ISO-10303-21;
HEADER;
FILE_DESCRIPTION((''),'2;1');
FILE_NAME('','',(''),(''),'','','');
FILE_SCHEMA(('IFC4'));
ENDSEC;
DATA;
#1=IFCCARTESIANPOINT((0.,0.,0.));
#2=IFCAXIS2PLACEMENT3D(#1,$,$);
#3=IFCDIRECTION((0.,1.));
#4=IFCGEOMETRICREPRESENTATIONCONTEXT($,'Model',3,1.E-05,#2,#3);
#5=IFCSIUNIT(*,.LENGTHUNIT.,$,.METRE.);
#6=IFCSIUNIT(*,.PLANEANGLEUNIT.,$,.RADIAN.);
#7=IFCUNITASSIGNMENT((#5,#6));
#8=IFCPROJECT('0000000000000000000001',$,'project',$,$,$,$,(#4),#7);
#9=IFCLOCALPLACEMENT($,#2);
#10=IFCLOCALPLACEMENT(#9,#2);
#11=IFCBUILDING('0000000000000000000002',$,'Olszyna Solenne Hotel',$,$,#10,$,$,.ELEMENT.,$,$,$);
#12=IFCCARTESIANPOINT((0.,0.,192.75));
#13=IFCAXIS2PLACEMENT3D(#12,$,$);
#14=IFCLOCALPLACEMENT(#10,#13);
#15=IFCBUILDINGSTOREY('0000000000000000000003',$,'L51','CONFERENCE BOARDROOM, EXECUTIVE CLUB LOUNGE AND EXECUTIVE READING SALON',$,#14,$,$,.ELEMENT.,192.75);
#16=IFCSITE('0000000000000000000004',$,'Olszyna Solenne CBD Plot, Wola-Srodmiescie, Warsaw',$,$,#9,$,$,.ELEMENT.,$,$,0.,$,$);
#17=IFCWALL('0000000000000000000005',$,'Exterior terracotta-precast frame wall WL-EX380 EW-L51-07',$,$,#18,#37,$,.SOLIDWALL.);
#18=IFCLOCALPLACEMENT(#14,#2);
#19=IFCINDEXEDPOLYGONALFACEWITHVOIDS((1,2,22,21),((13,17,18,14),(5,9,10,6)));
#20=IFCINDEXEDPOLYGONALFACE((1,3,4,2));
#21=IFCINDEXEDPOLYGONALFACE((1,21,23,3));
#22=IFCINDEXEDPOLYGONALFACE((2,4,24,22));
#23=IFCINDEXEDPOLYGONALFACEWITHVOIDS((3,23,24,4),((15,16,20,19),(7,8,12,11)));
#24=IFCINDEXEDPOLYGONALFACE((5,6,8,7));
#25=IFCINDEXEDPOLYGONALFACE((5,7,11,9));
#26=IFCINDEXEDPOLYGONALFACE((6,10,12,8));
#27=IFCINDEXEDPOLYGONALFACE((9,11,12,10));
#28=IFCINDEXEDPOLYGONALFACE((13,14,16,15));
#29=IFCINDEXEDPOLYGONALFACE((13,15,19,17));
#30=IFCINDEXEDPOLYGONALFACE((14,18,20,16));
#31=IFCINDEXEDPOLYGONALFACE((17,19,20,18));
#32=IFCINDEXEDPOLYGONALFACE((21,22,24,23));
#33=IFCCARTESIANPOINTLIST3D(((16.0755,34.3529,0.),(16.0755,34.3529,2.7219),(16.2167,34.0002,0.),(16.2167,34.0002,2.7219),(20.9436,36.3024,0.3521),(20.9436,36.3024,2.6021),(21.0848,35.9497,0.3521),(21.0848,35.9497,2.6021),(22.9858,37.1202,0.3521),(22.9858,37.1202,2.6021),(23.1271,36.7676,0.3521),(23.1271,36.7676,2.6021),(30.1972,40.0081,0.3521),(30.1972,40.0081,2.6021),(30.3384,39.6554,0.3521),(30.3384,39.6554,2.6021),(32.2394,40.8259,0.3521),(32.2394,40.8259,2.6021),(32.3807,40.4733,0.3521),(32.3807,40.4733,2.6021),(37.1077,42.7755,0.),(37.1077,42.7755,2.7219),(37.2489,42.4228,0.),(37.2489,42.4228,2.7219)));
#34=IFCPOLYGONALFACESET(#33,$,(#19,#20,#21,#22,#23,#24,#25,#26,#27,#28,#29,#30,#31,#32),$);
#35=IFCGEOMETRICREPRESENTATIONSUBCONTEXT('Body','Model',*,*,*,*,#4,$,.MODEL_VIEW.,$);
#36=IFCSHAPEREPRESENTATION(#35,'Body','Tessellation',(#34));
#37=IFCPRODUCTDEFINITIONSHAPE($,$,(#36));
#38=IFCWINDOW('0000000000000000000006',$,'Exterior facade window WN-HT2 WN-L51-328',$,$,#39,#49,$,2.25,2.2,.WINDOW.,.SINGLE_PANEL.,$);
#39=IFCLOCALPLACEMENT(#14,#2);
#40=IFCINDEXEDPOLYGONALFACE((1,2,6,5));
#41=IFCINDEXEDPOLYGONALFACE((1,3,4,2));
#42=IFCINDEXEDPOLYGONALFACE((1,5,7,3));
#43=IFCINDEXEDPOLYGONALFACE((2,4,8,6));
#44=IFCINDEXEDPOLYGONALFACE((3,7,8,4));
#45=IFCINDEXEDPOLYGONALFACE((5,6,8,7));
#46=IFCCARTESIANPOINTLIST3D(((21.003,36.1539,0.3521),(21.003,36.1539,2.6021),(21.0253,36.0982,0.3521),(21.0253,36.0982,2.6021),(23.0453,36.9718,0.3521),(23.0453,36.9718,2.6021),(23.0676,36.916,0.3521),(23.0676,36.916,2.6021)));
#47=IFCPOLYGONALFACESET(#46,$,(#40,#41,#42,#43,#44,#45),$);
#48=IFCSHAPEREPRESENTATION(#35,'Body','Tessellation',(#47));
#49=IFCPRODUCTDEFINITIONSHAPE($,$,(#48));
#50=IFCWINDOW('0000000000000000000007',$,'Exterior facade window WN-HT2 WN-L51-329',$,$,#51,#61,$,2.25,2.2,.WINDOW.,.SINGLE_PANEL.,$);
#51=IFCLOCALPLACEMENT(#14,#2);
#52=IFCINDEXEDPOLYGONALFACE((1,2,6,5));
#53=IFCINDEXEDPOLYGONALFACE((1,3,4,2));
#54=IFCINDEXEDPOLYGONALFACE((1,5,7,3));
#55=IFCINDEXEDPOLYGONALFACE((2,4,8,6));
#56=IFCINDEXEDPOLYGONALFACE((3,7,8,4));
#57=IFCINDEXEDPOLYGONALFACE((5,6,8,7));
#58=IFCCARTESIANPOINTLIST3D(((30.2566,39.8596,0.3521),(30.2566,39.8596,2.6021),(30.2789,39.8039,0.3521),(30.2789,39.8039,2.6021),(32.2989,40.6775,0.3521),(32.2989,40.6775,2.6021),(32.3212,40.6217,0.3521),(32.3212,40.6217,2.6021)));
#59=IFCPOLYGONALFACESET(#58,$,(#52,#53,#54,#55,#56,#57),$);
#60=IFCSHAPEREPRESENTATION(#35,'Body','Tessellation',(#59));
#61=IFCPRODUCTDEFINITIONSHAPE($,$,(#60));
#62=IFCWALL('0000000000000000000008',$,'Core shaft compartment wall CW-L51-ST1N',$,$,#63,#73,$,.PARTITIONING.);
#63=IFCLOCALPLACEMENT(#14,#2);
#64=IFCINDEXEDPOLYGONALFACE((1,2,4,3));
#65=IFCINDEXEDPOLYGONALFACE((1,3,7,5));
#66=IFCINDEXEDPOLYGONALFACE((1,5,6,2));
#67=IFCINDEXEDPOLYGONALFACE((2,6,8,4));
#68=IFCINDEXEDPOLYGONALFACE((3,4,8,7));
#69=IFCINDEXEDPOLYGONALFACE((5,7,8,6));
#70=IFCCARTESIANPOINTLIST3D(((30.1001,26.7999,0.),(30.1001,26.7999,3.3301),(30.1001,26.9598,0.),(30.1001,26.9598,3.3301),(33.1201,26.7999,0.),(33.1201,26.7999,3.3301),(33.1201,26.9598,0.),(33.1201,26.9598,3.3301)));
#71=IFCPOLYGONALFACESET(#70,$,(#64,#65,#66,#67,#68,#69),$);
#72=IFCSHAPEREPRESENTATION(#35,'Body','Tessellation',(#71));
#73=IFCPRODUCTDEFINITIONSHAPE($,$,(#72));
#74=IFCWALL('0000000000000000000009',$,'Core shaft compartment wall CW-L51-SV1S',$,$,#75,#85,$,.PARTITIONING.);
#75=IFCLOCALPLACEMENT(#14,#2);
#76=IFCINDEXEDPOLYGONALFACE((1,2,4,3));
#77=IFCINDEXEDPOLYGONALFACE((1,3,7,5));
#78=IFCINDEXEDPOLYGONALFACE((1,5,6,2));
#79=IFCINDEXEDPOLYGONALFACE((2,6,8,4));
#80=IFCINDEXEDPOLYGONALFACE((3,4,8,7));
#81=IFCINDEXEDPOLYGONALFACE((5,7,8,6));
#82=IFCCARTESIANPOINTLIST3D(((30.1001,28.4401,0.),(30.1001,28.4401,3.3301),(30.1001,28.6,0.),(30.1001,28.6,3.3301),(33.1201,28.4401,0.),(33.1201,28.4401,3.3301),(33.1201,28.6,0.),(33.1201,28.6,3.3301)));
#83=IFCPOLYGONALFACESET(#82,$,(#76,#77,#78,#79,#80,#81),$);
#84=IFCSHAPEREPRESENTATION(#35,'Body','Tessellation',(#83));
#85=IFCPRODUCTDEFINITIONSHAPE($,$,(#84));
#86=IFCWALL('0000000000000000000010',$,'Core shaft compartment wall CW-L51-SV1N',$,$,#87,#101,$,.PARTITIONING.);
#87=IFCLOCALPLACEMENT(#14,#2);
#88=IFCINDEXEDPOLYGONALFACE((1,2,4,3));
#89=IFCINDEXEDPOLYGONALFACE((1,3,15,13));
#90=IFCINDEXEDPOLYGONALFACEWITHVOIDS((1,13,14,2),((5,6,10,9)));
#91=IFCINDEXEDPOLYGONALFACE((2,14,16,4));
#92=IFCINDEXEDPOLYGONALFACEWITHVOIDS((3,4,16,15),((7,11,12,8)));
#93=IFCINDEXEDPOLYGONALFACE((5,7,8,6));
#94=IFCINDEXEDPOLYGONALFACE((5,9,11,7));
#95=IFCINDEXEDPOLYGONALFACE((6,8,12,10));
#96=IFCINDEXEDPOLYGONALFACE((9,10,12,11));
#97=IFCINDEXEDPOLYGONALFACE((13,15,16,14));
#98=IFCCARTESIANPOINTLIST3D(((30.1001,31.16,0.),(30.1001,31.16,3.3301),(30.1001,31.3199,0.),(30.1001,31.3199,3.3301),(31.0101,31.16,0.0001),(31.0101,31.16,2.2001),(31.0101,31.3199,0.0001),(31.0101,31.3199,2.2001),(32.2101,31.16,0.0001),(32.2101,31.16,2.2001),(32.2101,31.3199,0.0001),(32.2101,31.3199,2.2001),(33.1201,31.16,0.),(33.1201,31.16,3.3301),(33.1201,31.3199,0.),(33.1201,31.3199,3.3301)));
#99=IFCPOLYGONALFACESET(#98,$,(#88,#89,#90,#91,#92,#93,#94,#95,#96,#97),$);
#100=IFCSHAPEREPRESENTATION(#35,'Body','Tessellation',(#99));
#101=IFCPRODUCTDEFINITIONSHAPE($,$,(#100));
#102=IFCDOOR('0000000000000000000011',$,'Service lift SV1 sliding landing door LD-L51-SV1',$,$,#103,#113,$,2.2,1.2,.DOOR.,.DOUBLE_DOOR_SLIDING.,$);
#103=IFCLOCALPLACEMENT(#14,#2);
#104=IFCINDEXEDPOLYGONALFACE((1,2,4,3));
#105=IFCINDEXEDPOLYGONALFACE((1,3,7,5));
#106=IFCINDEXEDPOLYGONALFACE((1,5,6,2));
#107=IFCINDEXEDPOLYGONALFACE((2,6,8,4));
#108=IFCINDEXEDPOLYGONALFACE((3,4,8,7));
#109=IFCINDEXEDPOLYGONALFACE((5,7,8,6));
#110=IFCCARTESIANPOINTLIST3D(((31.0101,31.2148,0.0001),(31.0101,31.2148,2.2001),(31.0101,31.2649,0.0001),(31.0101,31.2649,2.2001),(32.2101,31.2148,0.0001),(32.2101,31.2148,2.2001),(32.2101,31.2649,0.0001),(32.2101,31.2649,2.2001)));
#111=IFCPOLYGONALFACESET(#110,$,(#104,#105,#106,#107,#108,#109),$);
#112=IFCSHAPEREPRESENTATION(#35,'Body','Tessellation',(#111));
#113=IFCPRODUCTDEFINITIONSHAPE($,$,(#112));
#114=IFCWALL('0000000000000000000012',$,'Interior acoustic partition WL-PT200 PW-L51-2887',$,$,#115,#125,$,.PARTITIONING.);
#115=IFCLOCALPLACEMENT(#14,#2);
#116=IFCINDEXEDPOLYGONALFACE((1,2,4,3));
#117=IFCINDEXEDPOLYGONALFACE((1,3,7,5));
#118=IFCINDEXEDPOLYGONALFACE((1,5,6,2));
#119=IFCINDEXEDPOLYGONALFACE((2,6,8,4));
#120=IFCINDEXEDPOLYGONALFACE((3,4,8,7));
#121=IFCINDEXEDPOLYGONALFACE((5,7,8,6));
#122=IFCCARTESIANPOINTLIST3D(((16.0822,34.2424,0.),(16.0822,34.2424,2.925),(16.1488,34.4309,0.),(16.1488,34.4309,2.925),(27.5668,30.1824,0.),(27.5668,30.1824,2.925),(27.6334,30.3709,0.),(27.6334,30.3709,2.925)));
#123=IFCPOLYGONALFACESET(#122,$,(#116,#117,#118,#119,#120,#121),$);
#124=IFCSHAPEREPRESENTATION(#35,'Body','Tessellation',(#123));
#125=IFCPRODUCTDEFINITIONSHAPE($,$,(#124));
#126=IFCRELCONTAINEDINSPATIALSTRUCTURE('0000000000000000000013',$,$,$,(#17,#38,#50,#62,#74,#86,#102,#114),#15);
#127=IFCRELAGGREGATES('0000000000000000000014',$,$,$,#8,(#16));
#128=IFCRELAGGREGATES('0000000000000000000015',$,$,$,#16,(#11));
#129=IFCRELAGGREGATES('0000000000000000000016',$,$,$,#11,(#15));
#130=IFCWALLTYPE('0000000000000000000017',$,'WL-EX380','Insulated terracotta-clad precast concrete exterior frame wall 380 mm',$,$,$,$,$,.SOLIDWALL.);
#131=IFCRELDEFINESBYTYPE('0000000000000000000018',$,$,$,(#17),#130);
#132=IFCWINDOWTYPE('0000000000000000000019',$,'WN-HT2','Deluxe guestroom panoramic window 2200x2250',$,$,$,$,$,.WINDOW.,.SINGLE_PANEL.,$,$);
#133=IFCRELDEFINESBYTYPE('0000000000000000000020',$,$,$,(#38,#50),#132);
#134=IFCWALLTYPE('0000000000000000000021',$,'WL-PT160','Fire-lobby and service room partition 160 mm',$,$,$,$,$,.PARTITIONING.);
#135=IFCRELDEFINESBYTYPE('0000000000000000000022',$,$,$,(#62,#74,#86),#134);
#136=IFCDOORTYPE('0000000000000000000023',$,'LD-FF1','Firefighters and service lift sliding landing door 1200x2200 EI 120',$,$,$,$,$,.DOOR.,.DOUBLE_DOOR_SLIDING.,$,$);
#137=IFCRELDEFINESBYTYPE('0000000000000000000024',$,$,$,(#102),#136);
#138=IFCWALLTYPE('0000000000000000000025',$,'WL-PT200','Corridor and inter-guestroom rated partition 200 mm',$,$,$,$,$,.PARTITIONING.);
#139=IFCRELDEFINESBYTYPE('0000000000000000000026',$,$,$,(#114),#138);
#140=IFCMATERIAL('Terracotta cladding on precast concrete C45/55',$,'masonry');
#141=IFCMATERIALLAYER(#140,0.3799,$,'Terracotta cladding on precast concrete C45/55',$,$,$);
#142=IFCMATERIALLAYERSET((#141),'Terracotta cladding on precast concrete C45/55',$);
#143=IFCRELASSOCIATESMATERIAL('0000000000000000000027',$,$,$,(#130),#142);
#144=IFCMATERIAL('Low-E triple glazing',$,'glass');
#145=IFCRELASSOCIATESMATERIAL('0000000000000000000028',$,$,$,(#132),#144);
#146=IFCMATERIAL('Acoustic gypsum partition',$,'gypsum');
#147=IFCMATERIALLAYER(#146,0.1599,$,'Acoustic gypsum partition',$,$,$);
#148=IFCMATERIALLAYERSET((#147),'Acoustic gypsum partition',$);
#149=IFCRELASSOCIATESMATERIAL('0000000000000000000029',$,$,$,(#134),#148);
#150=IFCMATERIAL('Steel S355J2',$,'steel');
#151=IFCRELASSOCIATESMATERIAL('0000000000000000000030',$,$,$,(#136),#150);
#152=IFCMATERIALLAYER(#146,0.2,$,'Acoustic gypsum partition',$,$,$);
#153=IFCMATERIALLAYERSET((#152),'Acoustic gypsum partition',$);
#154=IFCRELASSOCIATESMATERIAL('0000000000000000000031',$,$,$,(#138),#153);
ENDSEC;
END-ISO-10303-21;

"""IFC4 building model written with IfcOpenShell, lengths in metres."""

from ifc_helpers import new_model, si_unit, direction, frame, frame_2d, origin, place, context, subcontext, project, spatial, rectangle, extrude, source, transform, mapped, material, layer, layer_set, type_object, type_shapes, element, fill, save


model = new_model("IFC4")

# Units and contexts
model_context = context("Model", 3, precision=1e-05, world=origin(), true_north=direction((0.0, 1.0)))
body_context = subcontext(model_context, "Body", "Model", "MODEL_VIEW")
ifc_project = project(units=[si_unit("LENGTHUNIT", "METRE"), si_unit("PLANEANGLEUNIT", "RADIAN")], contexts=[model_context])

# Site, building, storey
site_placement = place(None, origin())
site = spatial("IfcSite", under=ifc_project, at=site_placement, Name="Olszyna Solenne CBD Plot, Wola-Srodmiescie, Warsaw", CompositionType="ELEMENT", RefElevation=0.0)
building_placement = place(site_placement, origin())
building = spatial("IfcBuilding", under=site, at=building_placement, Name="Olszyna Solenne Hotel", CompositionType="ELEMENT")
storey_placement = place(building_placement, frame((0.0, 0.0, 192.75)))
storey = spatial("IfcBuildingStorey", under=building, at=storey_placement, Name="L51", Description="CONFERENCE BOARDROOM, EXECUTIVE CLUB LOUNGE AND EXECUTIVE READING SALON", CompositionType="ELEMENT", Elevation=192.75)

# Shared definitions
ifc_material_1 = material(Name="Steel S355J2", Category="steel")

# Shared definitions
ifc_material_2 = material(Name="Terracotta cladding on precast concrete C45/55", Category="masonry")
ifc_layer_1 = layer(ifc_material_2, 0.3799, Name="Terracotta cladding on precast concrete C45/55")
ifc_layer_set_1 = layer_set([ifc_layer_1], Name="Terracotta cladding on precast concrete C45/55")
wall_type_1 = type_object("IfcWallType", Name="WL-EX380", Description="Insulated terracotta-clad precast concrete exterior frame wall 380 mm", PredefinedType="SOLIDWALL", material=ifc_layer_set_1)

# Wall, openings, windows
wall_1_placement = place(storey_placement, frame((16.146, 34.1765, 0.0), z_axis=(0.0, 0.0, 1.0), x_axis=(0.928329, 0.37176, 0.0)))
wall_1 = element("IfcWall", 1, at=wall_1_placement, inside=storey, type_object=wall_type_1, Name="Exterior terracotta-precast frame wall WL-EX380 EW-L51-07", PredefinedType="SOLIDWALL", context=body_context, shape_type="SweptSolid", body=[
    extrude(rectangle(XDim=22.656, YDim=0.3799, at=frame_2d((11.3281, 0.0))), origin(), (0.0, 0.0, 1.0), 2.7219),
])
opening_1_placement = place(wall_1_placement, frame((5.2439, 0.0, 0.3521)))
opening_1 = element("IfcOpeningElement", 2, at=opening_1_placement, cuts=wall_1, PredefinedType="OPENING", context=body_context, shape_type="SweptSolid", body=[
    extrude(rectangle(XDim=2.2, YDim=2.25, at=frame_2d((1.1001, 1.125))), frame((0.0, 0.2, 0.0), z_axis=(0.0, -1.0, 0.0), x_axis=(1.0, 0.0, 0.0)), (0.0, 0.0, 1.0), 0.3999),
])
opening_2_placement = place(wall_1_placement, frame((15.2119, 0.0, 0.3521)))
opening_2 = element("IfcOpeningElement", 3, at=opening_2_placement, cuts=wall_1, PredefinedType="OPENING", context=body_context, shape_type="SweptSolid", body=[
    extrude(rectangle(XDim=2.2, YDim=2.25, at=frame_2d((1.1001, 1.125))), frame((0.0, 0.2, 0.0), z_axis=(0.0, -1.0, 0.0), x_axis=(1.0, 0.0, 0.0)), (0.0, 0.0, 1.0), 0.3999),
])
ifc_material_3 = material(Name="Low-E triple glazing", Category="glass")
window_type = type_object("IfcWindowType", Name="WN-HT2", Description="Deluxe guestroom panoramic window 2200x2250", PartitioningType="SINGLE_PANEL", PredefinedType="WINDOW", material=ifc_material_3)
shared_shape_1 = source(origin(), body_context, "Body", "SweptSolid", [
    extrude(rectangle(XDim=2.2, YDim=2.25, at=frame_2d((1.1001, 1.125))), frame((0.0, 0.03, 0.0), z_axis=(0.0, -1.0, 0.0), x_axis=(1.0, 0.0, 0.0)), (0.0, 0.0, 1.0), 0.0601),
])
type_shapes(window_type, [shared_shape_1])
window_1_placement = place(opening_1_placement, origin())
window_1 = element("IfcWindow", 4, at=window_1_placement, inside=storey, type_object=window_type, Name="Exterior facade window WN-HT2 WN-L51-328", OverallHeight=2.25, OverallWidth=2.2, PartitioningType="SINGLE_PANEL", PredefinedType="WINDOW", context=body_context, shape_type="MappedRepresentation", body=[
    mapped(shared_shape_1, transform((0.0, 0.0, 0.0), x_axis=(1.0, 0.0, 0.0), y_axis=(0.0, 1.0, 0.0), z_axis=(0.0, 0.0, 1.0), scale=1.0)),
])
fill(opening_1, window_1)
window_2_placement = place(opening_2_placement, origin())
window_2 = element("IfcWindow", 5, at=window_2_placement, inside=storey, type_object=window_type, Name="Exterior facade window WN-HT2 WN-L51-329", OverallHeight=2.25, OverallWidth=2.2, PartitioningType="SINGLE_PANEL", PredefinedType="WINDOW", context=body_context, shape_type="MappedRepresentation", body=[
    mapped(shared_shape_1, transform((0.0, 0.0, 0.0), x_axis=(1.0, 0.0, 0.0), y_axis=(0.0, 1.0, 0.0), z_axis=(0.0, 0.0, 1.0), scale=1.0)),
])
fill(opening_2, window_2)

# Walls
ifc_material_4 = material(Name="Acoustic gypsum partition", Category="gypsum")
ifc_layer_2 = layer(ifc_material_4, 0.1599, Name="Acoustic gypsum partition")
ifc_layer_set_2 = layer_set([ifc_layer_2], Name="Acoustic gypsum partition")
wall_type_2 = type_object("IfcWallType", Name="WL-PT160", Description="Fire-lobby and service room partition 160 mm", PredefinedType="PARTITIONING", material=ifc_layer_set_2)
for number, where, z_axis, x_axis, name in (
    (6, (30.1001, 26.8799, 0.0), (0.0, 0.0, 1.0), (1.0, 0.0, 0.0), "Core shaft compartment wall CW-L51-ST1N"),
    (7, (30.1001, 28.52, 0.0), (0.0, 0.0, 1.0), (1.0, 0.0, 0.0), "Core shaft compartment wall CW-L51-SV1S"),
):
    element("IfcWall", number, at=place(storey_placement, frame(where, z_axis=z_axis, x_axis=x_axis)), inside=storey, type_object=wall_type_2, Name=name, PredefinedType="PARTITIONING", context=body_context, shape_type="SweptSolid", body=[
        extrude(rectangle(XDim=3.02, YDim=0.1599, at=frame_2d((1.51, 0.0))), origin(), (0.0, 0.0, 1.0), 3.3301),
    ])

# Wall, opening, door
wall_2_placement = place(storey_placement, frame((30.1001, 31.24, 0.0), z_axis=(0.0, 0.0, 1.0), x_axis=(1.0, 0.0, 0.0)))
wall_2 = element("IfcWall", 8, at=wall_2_placement, inside=storey, type_object=wall_type_2, Name="Core shaft compartment wall CW-L51-SV1N", PredefinedType="PARTITIONING", context=body_context, shape_type="SweptSolid", body=[
    extrude(rectangle(XDim=3.02, YDim=0.1599, at=frame_2d((1.51, 0.0))), origin(), (0.0, 0.0, 1.0), 3.3301),
])
opening_3_placement = place(wall_2_placement, frame((0.9099, 0.0, 0.0)))
opening_3 = element("IfcOpeningElement", 9, at=opening_3_placement, cuts=wall_2, PredefinedType="OPENING", context=body_context, shape_type="SweptSolid", body=[
    extrude(rectangle(XDim=1.2, YDim=2.2, at=frame_2d((0.6001, 1.1001))), frame((0.0, 0.0898, 0.0), z_axis=(0.0, -1.0, 0.0), x_axis=(1.0, 0.0, 0.0)), (0.0, 0.0, 1.0), 0.1799),
])
door_type_1 = type_object("IfcDoorType", Name="LD-FF1", Description="Firefighters and service lift sliding landing door 1200x2200 EI 120", OperationType="DOUBLE_DOOR_SLIDING", PredefinedType="DOOR", material=ifc_material_1)
shared_shape_2 = source(origin(), body_context, "Body", "SweptSolid", [
    extrude(rectangle(XDim=1.2, YDim=2.2, at=frame_2d((0.6001, 1.1001))), frame((0.0, 0.0249, 0.0), z_axis=(0.0, -1.0, 0.0), x_axis=(1.0, 0.0, 0.0)), (0.0, 0.0, 1.0), 0.05),
])
type_shapes(door_type_1, [shared_shape_2])
door_1_placement = place(opening_3_placement, origin())
door_1 = element("IfcDoor", 10, at=door_1_placement, inside=storey, type_object=door_type_1, Name="Service lift SV1 sliding landing door LD-L51-SV1", OperationType="DOUBLE_DOOR_SLIDING", OverallHeight=2.2, OverallWidth=1.2, PredefinedType="DOOR", context=body_context, shape_type="MappedRepresentation", body=[
    mapped(shared_shape_2, transform((0.0, 0.0, 0.0), x_axis=(1.0, 0.0, 0.0), y_axis=(0.0, 1.0, 0.0), z_axis=(0.0, 0.0, 1.0), scale=1.0)),
])
fill(opening_3, door_1)

# Wall
ifc_layer_3 = layer(ifc_material_4, 0.2, Name="Acoustic gypsum partition")
ifc_layer_set_3 = layer_set([ifc_layer_3], Name="Acoustic gypsum partition")
wall_type_3 = type_object("IfcWallType", Name="WL-PT200", Description="Corridor and inter-guestroom rated partition 200 mm", PredefinedType="PARTITIONING", material=ifc_layer_set_3)
wall_3_placement = place(storey_placement, frame((27.6001, 30.2766, 0.0), z_axis=(0.0, 0.0, 1.0), x_axis=(-0.942819, 0.333307, 0.0)))
element("IfcWall", 11, at=wall_3_placement, inside=storey, type_object=wall_type_3, Name="Interior acoustic partition WL-PT200 PW-L51-2887", PredefinedType="PARTITIONING", context=body_context, shape_type="SweptSolid", body=[
    extrude(rectangle(XDim=12.1812, YDim=0.2, at=frame_2d((6.0906, 0.0))), origin(), (0.0, 0.0, 1.0), 2.925),
])

save(model, "model.ifc")
